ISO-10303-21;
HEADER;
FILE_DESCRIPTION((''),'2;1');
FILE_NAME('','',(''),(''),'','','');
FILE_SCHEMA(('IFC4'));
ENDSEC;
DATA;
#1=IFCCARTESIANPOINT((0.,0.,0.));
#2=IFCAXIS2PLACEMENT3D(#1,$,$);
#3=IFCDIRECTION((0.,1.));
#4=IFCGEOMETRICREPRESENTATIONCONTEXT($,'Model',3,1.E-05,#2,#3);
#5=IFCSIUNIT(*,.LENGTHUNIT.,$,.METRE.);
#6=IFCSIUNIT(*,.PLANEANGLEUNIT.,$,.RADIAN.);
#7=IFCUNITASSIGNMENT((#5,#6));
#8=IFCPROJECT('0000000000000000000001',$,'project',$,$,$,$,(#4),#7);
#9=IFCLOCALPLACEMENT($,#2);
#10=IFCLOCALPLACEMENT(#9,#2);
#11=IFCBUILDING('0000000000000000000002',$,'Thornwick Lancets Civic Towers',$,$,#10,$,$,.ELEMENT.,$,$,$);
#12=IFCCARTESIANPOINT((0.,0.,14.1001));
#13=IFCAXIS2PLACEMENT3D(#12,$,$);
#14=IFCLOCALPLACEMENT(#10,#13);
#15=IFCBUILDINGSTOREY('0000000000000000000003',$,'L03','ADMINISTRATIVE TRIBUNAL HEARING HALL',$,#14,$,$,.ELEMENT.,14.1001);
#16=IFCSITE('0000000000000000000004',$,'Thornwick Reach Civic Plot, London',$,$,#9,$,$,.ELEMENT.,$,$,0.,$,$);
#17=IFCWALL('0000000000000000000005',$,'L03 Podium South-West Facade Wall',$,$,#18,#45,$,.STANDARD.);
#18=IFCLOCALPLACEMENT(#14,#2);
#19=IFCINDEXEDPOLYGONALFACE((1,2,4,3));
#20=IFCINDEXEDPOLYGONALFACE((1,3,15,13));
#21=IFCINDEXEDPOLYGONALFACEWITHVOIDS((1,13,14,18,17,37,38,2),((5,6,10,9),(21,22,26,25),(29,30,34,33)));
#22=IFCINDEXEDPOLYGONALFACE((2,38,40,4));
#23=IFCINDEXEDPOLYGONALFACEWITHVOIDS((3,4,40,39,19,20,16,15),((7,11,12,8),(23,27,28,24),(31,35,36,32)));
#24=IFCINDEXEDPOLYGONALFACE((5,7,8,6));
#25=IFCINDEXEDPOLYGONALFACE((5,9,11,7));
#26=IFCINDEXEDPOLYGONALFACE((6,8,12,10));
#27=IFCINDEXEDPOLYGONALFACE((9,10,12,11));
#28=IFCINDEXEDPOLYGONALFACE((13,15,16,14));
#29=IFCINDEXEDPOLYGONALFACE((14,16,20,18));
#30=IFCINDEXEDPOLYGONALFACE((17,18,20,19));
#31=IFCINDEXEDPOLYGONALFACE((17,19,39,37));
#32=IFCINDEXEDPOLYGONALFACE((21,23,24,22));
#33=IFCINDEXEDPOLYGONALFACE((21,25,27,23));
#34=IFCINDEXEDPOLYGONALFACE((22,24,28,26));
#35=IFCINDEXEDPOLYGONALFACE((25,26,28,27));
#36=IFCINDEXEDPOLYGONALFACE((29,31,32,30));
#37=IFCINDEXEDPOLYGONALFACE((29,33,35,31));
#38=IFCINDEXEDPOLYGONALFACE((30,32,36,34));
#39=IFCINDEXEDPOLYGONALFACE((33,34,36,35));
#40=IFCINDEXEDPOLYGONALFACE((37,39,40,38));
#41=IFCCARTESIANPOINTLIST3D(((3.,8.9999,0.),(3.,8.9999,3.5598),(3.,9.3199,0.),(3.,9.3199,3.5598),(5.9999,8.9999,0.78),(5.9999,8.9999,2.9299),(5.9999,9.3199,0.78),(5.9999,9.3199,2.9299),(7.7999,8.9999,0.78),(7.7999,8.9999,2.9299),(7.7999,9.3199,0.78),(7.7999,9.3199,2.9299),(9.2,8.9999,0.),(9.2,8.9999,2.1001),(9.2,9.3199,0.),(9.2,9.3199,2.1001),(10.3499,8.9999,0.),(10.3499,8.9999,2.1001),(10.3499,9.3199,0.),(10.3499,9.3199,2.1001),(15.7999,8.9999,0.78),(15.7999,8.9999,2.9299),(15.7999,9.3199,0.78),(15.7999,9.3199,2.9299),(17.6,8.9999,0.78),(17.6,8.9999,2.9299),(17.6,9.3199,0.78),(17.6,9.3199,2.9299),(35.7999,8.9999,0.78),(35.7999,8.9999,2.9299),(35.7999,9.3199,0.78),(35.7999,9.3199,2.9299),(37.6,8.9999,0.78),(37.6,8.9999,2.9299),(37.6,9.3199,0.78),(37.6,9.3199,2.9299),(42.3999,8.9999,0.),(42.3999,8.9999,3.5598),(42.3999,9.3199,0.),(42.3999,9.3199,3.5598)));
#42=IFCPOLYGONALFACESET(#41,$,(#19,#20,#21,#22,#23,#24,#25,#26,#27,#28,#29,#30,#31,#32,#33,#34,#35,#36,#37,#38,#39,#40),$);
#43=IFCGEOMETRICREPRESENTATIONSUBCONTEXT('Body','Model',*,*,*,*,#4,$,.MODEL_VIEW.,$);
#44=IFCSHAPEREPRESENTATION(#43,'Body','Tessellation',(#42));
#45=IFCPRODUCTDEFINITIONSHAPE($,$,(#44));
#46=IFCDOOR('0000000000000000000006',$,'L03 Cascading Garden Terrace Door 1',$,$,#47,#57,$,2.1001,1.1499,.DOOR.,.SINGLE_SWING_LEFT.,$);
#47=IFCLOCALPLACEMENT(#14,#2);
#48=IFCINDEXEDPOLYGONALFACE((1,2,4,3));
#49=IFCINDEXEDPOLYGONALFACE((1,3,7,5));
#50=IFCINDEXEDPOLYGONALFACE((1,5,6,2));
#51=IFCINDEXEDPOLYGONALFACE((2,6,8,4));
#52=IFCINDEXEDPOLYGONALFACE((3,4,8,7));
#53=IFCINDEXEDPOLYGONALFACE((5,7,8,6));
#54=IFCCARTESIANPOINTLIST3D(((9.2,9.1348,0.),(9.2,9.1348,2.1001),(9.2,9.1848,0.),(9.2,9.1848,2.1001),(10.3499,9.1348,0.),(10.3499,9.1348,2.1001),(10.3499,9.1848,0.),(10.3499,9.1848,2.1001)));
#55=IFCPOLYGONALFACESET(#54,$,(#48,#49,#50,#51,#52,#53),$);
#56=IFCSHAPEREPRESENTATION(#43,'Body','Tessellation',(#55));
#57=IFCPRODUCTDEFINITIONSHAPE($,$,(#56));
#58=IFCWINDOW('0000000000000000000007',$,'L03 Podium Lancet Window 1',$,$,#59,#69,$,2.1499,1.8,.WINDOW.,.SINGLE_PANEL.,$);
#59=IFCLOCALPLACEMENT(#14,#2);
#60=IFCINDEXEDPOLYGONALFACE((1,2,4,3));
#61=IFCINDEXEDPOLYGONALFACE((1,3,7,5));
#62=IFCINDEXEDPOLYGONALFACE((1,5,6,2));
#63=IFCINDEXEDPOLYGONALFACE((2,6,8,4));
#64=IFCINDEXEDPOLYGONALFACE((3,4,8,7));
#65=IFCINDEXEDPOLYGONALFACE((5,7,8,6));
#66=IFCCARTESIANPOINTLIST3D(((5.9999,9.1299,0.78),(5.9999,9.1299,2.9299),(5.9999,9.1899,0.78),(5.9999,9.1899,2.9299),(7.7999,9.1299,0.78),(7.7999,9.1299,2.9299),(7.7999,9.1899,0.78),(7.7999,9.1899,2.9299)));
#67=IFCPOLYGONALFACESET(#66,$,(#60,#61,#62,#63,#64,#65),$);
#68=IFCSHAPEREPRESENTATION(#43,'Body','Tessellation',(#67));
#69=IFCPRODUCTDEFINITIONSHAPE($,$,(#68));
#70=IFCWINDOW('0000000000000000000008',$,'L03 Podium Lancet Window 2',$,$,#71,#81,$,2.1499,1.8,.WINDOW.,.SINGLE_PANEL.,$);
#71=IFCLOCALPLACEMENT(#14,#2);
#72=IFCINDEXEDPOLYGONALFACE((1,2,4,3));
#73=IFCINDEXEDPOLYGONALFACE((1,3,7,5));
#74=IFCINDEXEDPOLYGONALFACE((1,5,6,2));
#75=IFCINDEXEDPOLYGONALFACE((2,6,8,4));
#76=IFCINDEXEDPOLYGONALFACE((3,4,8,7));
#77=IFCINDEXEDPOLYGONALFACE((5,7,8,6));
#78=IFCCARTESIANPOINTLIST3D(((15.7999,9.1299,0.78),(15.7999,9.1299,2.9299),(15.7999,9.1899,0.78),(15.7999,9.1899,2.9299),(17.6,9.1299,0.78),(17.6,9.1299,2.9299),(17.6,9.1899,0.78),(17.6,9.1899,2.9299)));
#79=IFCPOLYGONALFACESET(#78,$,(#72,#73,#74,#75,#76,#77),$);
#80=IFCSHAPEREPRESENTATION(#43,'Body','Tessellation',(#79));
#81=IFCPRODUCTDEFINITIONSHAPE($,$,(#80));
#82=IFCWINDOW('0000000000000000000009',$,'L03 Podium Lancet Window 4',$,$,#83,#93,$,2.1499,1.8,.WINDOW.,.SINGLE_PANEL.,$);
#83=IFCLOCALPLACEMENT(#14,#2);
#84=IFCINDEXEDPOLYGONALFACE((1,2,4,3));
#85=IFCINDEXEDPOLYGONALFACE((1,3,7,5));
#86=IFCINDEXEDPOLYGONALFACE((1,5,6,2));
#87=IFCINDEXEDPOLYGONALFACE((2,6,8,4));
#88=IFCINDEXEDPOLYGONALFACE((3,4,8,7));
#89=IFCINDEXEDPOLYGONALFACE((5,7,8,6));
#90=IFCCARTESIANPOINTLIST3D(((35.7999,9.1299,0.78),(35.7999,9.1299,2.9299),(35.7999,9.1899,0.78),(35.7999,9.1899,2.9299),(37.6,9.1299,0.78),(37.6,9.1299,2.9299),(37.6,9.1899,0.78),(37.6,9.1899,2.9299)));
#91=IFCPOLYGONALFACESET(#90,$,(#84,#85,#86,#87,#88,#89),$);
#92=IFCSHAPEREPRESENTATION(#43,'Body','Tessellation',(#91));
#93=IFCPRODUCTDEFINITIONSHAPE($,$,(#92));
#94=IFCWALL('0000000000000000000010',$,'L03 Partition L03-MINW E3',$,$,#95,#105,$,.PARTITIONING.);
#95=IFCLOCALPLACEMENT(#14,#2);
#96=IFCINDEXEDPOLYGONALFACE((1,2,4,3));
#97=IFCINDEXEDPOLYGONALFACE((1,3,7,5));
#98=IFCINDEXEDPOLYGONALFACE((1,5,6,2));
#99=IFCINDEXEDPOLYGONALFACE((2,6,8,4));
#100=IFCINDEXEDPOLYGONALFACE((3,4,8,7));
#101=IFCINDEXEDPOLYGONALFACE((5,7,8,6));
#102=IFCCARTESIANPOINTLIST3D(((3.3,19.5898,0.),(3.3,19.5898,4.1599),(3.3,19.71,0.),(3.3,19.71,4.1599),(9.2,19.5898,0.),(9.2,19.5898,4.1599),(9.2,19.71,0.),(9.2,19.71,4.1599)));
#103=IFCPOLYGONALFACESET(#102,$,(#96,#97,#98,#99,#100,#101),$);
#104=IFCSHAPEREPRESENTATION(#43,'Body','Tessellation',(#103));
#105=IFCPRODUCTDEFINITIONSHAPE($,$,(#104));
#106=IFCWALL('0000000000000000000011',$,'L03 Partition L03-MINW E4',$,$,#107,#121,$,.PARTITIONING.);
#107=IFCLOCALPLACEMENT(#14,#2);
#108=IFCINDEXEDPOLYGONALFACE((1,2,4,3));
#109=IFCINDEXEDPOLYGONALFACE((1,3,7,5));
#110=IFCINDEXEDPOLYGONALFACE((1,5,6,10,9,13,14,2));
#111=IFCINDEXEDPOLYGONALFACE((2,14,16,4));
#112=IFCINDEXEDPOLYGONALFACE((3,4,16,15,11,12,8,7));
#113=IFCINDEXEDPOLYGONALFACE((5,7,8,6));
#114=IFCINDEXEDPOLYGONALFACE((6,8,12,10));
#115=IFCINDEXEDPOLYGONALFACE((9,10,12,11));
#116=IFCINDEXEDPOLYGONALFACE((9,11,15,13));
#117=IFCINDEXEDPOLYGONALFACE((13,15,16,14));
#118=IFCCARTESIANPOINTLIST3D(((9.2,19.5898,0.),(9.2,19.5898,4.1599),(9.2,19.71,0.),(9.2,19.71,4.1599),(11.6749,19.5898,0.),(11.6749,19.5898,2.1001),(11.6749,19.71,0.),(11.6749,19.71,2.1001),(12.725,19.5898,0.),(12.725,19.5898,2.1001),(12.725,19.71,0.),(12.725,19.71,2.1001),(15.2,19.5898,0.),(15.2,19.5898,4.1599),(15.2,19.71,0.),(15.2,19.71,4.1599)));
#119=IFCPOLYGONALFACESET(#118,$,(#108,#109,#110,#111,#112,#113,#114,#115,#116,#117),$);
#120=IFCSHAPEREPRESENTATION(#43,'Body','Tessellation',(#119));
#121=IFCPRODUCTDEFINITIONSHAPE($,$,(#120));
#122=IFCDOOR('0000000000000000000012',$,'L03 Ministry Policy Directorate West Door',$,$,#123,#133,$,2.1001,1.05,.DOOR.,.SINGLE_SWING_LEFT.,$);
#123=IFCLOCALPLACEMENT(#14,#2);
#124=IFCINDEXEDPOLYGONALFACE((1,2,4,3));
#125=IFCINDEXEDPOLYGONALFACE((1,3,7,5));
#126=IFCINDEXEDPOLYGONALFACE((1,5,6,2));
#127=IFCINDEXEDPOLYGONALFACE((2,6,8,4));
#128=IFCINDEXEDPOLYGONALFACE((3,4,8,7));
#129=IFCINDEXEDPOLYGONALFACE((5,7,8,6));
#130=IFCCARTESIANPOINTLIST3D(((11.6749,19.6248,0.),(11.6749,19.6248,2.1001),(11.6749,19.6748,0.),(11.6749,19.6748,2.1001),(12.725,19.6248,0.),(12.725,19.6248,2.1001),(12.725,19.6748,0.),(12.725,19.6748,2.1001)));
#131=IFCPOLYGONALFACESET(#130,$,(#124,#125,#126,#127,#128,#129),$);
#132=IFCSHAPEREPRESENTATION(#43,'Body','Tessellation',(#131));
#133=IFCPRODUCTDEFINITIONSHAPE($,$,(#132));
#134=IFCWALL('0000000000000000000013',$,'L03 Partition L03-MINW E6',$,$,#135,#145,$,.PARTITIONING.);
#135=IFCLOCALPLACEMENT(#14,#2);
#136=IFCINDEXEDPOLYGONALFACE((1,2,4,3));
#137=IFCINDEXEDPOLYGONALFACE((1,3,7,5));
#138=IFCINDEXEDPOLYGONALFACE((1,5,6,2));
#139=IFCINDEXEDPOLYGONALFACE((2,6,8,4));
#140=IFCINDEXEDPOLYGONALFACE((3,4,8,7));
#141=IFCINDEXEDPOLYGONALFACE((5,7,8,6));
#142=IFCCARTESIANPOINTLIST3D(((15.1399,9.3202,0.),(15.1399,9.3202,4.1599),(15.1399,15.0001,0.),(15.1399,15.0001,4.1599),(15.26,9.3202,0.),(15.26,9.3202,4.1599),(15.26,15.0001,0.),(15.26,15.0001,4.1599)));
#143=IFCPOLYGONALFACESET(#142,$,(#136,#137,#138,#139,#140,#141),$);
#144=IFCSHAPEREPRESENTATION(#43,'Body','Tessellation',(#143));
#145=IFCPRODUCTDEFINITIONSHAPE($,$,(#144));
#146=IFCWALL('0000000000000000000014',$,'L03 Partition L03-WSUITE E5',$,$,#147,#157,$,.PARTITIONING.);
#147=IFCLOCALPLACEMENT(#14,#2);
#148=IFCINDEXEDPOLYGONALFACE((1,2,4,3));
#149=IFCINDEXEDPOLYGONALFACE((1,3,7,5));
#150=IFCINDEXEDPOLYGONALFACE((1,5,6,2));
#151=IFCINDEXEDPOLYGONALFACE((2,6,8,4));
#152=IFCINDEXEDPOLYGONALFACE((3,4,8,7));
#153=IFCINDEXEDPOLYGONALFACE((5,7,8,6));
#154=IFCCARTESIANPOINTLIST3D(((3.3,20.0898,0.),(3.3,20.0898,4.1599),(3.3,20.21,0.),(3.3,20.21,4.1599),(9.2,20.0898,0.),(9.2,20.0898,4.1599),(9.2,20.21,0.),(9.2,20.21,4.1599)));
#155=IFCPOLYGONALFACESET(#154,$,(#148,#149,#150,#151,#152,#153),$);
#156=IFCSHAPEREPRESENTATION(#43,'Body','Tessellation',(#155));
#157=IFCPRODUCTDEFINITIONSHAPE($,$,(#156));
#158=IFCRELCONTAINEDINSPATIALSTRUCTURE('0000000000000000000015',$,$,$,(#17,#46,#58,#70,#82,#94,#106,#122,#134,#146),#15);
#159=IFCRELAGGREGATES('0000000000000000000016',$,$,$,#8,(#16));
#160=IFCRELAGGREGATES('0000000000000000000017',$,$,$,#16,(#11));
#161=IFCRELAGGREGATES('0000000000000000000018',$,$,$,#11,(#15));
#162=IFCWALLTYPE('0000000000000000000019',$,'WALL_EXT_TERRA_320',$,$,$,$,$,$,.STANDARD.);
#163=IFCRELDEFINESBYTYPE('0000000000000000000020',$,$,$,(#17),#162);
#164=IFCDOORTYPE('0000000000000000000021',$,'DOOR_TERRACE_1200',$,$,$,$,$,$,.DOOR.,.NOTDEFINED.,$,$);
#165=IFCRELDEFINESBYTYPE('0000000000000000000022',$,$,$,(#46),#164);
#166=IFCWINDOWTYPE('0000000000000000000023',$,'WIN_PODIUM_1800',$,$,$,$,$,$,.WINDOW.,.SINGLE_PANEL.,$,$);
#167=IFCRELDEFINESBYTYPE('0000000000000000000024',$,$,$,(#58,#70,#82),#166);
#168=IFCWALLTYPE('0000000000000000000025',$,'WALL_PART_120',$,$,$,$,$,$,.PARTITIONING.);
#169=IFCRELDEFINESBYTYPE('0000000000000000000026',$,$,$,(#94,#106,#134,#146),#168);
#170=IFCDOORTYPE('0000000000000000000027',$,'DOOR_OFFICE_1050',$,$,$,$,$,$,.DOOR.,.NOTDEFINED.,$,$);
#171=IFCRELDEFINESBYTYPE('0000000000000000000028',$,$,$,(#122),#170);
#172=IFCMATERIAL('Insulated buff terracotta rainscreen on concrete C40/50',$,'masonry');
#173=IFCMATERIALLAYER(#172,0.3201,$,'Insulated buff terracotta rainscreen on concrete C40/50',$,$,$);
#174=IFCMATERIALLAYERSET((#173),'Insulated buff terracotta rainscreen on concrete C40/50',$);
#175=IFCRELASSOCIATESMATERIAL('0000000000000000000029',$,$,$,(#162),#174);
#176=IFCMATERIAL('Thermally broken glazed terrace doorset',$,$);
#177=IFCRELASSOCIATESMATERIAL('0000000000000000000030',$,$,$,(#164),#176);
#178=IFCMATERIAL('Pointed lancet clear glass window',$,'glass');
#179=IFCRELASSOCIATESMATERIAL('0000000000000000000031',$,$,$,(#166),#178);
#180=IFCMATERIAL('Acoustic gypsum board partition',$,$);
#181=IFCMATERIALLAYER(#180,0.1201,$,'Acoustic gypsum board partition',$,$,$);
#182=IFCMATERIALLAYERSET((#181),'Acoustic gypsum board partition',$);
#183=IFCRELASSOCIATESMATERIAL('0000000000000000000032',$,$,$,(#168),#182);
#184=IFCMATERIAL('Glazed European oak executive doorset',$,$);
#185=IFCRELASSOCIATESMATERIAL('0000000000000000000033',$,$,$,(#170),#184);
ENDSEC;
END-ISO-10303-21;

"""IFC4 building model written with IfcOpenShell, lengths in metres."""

from ifc_helpers import new_model, si_unit, direction, frame, frame_2d, origin, place, context, subcontext, project, spatial, rectangle, extrude, material, layer, layer_set, type_object, element, fill, save


model = new_model("IFC4")

# Units and contexts
model_context = context("Model", 3, precision=1e-05, world=origin(), true_north=direction((0.0, 1.0)))
body_context = subcontext(model_context, "Body", "Model", "MODEL_VIEW")
ifc_project = project(units=[si_unit("LENGTHUNIT", "METRE"), si_unit("PLANEANGLEUNIT", "RADIAN")], contexts=[model_context])

# Site, building, storey
site_placement = place(None, origin())
site = spatial("IfcSite", under=ifc_project, at=site_placement, Name="Thornwick Reach Civic Plot, London", CompositionType="ELEMENT", RefElevation=0.0)
building_placement = place(site_placement, origin())
building = spatial("IfcBuilding", under=site, at=building_placement, Name="Thornwick Lancets Civic Towers", CompositionType="ELEMENT")
storey_placement = place(building_placement, frame((0.0, 0.0, 14.1001)))
storey = spatial("IfcBuildingStorey", under=building, at=storey_placement, Name="L03", Description="ADMINISTRATIVE TRIBUNAL HEARING HALL", CompositionType="ELEMENT", Elevation=14.1001)

# Wall, openings, door, windows
ifc_material_1 = material(Name="Insulated buff terracotta rainscreen on concrete C40/50", Category="masonry")
ifc_layer_1 = layer(ifc_material_1, 0.3201, Name="Insulated buff terracotta rainscreen on concrete C40/50")
ifc_layer_set_1 = layer_set([ifc_layer_1], Name="Insulated buff terracotta rainscreen on concrete C40/50")
wall_type_1 = type_object("IfcWallType", Name="WALL_EXT_TERRA_320", PredefinedType="STANDARD", material=ifc_layer_set_1)
wall_1_placement = place(storey_placement, frame((3.0, 9.1599, 0.0), z_axis=(0.0, 0.0, 1.0), x_axis=(1.0, 0.0, 0.0)))
wall_1 = element("IfcWall", 1, at=wall_1_placement, inside=storey, type_object=wall_type_1, Name="L03 Podium South-West Facade Wall", PredefinedType="STANDARD", context=body_context, shape_type="SweptSolid", body=[
    extrude(rectangle(XDim=39.3999, YDim=0.3201, at=frame_2d((19.7, 0.0))), origin(), (0.0, 0.0, 1.0), 3.5598),
])
opening_1_placement = place(wall_1_placement, frame((6.2, 0.0, 0.0)))
opening_1 = element("IfcOpeningElement", 2, at=opening_1_placement, cuts=wall_1, PredefinedType="OPENING", context=body_context, shape_type="SweptSolid", body=[
    extrude(rectangle(XDim=1.1499, YDim=2.1001, at=frame_2d((0.575, 1.05))), frame((0.0, 0.1699, 0.0), z_axis=(0.0, -1.0, 0.0), x_axis=(1.0, 0.0, 0.0)), (0.0, 0.0, 1.0), 0.3401),
])
opening_2_placement = place(wall_1_placement, frame((3.0, 0.0, 0.78)))
opening_2 = element("IfcOpeningElement", 3, at=opening_2_placement, cuts=wall_1, PredefinedType="OPENING", context=body_context, shape_type="SweptSolid", body=[
    extrude(rectangle(XDim=1.8, YDim=2.1499, at=frame_2d((0.8999, 1.075))), frame((0.0, 0.1699, 0.0), z_axis=(0.0, -1.0, 0.0), x_axis=(1.0, 0.0, 0.0)), (0.0, 0.0, 1.0), 0.3401),
])
opening_3_placement = place(wall_1_placement, frame((12.8, 0.0, 0.78)))
opening_3 = element("IfcOpeningElement", 4, at=opening_3_placement, cuts=wall_1, PredefinedType="OPENING", context=body_context, shape_type="SweptSolid", body=[
    extrude(rectangle(XDim=1.8, YDim=2.1499, at=frame_2d((0.8999, 1.075))), frame((0.0, 0.1699, 0.0), z_axis=(0.0, -1.0, 0.0), x_axis=(1.0, 0.0, 0.0)), (0.0, 0.0, 1.0), 0.3401),
])
opening_4_placement = place(wall_1_placement, frame((32.8, 0.0, 0.78)))
opening_4 = element("IfcOpeningElement", 5, at=opening_4_placement, cuts=wall_1, PredefinedType="OPENING", context=body_context, shape_type="SweptSolid", body=[
    extrude(rectangle(XDim=1.8, YDim=2.1499, at=frame_2d((0.8999, 1.075))), frame((0.0, 0.1699, 0.0), z_axis=(0.0, -1.0, 0.0), x_axis=(1.0, 0.0, 0.0)), (0.0, 0.0, 1.0), 0.3401),
])
ifc_material_2 = material(Name="Thermally broken glazed terrace doorset")
door_type_1 = type_object("IfcDoorType", Name="DOOR_TERRACE_1200", OperationType="NOTDEFINED", PredefinedType="DOOR", material=ifc_material_2)
door_1_placement = place(opening_1_placement, origin())
door_1 = element("IfcDoor", 6, at=door_1_placement, inside=storey, type_object=door_type_1, Name="L03 Cascading Garden Terrace Door 1", OperationType="SINGLE_SWING_LEFT", OverallHeight=2.1001, OverallWidth=1.1499, PredefinedType="DOOR", context=body_context, shape_type="SweptSolid", body=[
    extrude(rectangle(XDim=1.1499, YDim=2.1001, at=frame_2d((0.575, 1.05))), frame((0.0, 0.0249, 0.0), z_axis=(0.0, -1.0, 0.0), x_axis=(1.0, 0.0, 0.0)), (0.0, 0.0, 1.0), 0.05),
])
fill(opening_1, door_1)
ifc_material_3 = material(Name="Pointed lancet clear glass window", Category="glass")
window_type = type_object("IfcWindowType", Name="WIN_PODIUM_1800", PartitioningType="SINGLE_PANEL", PredefinedType="WINDOW", material=ifc_material_3)
window_1_placement = place(opening_2_placement, origin())
window_1 = element("IfcWindow", 7, at=window_1_placement, inside=storey, type_object=window_type, Name="L03 Podium Lancet Window 1", OverallHeight=2.1499, OverallWidth=1.8, PartitioningType="SINGLE_PANEL", PredefinedType="WINDOW", context=body_context, shape_type="SweptSolid", body=[
    extrude(rectangle(XDim=1.8, YDim=2.1499, at=frame_2d((0.8999, 1.075))), frame((0.0, 0.03, 0.0), z_axis=(0.0, -1.0, 0.0), x_axis=(1.0, 0.0, 0.0)), (0.0, 0.0, 1.0), 0.0601),
])
fill(opening_2, window_1)
window_2_placement = place(opening_3_placement, origin())
window_2 = element("IfcWindow", 8, at=window_2_placement, inside=storey, type_object=window_type, Name="L03 Podium Lancet Window 2", OverallHeight=2.1499, OverallWidth=1.8, PartitioningType="SINGLE_PANEL", PredefinedType="WINDOW", context=body_context, shape_type="SweptSolid", body=[
    extrude(rectangle(XDim=1.8, YDim=2.1499, at=frame_2d((0.8999, 1.075))), frame((0.0, 0.03, 0.0), z_axis=(0.0, -1.0, 0.0), x_axis=(1.0, 0.0, 0.0)), (0.0, 0.0, 1.0), 0.0601),
])
fill(opening_3, window_2)
window_3_placement = place(opening_4_placement, origin())
window_3 = element("IfcWindow", 9, at=window_3_placement, inside=storey, type_object=window_type, Name="L03 Podium Lancet Window 4", OverallHeight=2.1499, OverallWidth=1.8, PartitioningType="SINGLE_PANEL", PredefinedType="WINDOW", context=body_context, shape_type="SweptSolid", body=[
    extrude(rectangle(XDim=1.8, YDim=2.1499, at=frame_2d((0.8999, 1.075))), frame((0.0, 0.03, 0.0), z_axis=(0.0, -1.0, 0.0), x_axis=(1.0, 0.0, 0.0)), (0.0, 0.0, 1.0), 0.0601),
])
fill(opening_4, window_3)

# Wall
ifc_material_4 = material(Name="Acoustic gypsum board partition")
ifc_layer_2 = layer(ifc_material_4, 0.1201, Name="Acoustic gypsum board partition")
ifc_layer_set_2 = layer_set([ifc_layer_2], Name="Acoustic gypsum board partition")
wall_type_2 = type_object("IfcWallType", Name="WALL_PART_120", PredefinedType="PARTITIONING", material=ifc_layer_set_2)
wall_2_placement = place(storey_placement, frame((3.3, 19.6499, 0.0), z_axis=(0.0, 0.0, 1.0), x_axis=(1.0, 0.0, 0.0)))
element("IfcWall", 10, at=wall_2_placement, inside=storey, type_object=wall_type_2, Name="L03 Partition L03-MINW E3", PredefinedType="PARTITIONING", context=body_context, shape_type="SweptSolid", body=[
    extrude(rectangle(XDim=5.8999, YDim=0.1201, at=frame_2d((2.95, 0.0))), origin(), (0.0, 0.0, 1.0), 4.1599),
])

# Wall, opening, door
wall_3_placement = place(storey_placement, frame((9.2, 19.6499, 0.0), z_axis=(0.0, 0.0, 1.0), x_axis=(1.0, 0.0, 0.0)))
wall_3 = element("IfcWall", 11, at=wall_3_placement, inside=storey, type_object=wall_type_2, Name="L03 Partition L03-MINW E4", PredefinedType="PARTITIONING", context=body_context, shape_type="SweptSolid", body=[
    extrude(rectangle(XDim=6.0, YDim=0.1201, at=frame_2d((3.0, 0.0))), origin(), (0.0, 0.0, 1.0), 4.1599),
])
opening_5_placement = place(wall_3_placement, frame((2.4751, 0.0, 0.0)))
opening_5 = element("IfcOpeningElement", 12, at=opening_5_placement, cuts=wall_3, PredefinedType="OPENING", context=body_context, shape_type="SweptSolid", body=[
    extrude(rectangle(XDim=1.05, YDim=2.1001, at=frame_2d((0.5249, 1.05))), frame((0.0, 0.0701, 0.0), z_axis=(0.0, -1.0, 0.0), x_axis=(1.0, 0.0, 0.0)), (0.0, 0.0, 1.0), 0.1401),
])
ifc_material_5 = material(Name="Glazed European oak executive doorset")
door_type_2 = type_object("IfcDoorType", Name="DOOR_OFFICE_1050", OperationType="NOTDEFINED", PredefinedType="DOOR", material=ifc_material_5)
door_2_placement = place(opening_5_placement, origin())
door_2 = element("IfcDoor", 13, at=door_2_placement, inside=storey, type_object=door_type_2, Name="L03 Ministry Policy Directorate West Door", OperationType="SINGLE_SWING_LEFT", OverallHeight=2.1001, OverallWidth=1.05, PredefinedType="DOOR", context=body_context, shape_type="SweptSolid", body=[
    extrude(rectangle(XDim=1.05, YDim=2.1001, at=frame_2d((0.5249, 1.05))), frame((0.0, 0.0249, 0.0), z_axis=(0.0, -1.0, 0.0), x_axis=(1.0, 0.0, 0.0)), (0.0, 0.0, 1.0), 0.05),
])
fill(opening_5, door_2)

# Walls
wall_4_placement = place(storey_placement, frame((15.2, 15.0, 0.0), z_axis=(0.0, 0.0, 1.0), x_axis=(0.0, -1.0, 0.0)))
element("IfcWall", 14, at=wall_4_placement, inside=storey, type_object=wall_type_2, Name="L03 Partition L03-MINW E6", PredefinedType="PARTITIONING", context=body_context, shape_type="SweptSolid", body=[
    extrude(rectangle(XDim=5.6799, YDim=0.1201, at=frame_2d((2.8398, 0.0))), origin(), (0.0, 0.0, 1.0), 4.1599),
])
wall_5_placement = place(storey_placement, frame((9.2, 20.1499, 0.0), z_axis=(0.0, 0.0, 1.0), x_axis=(-1.0, 0.0, 0.0)))
element("IfcWall", 15, at=wall_5_placement, inside=storey, type_object=wall_type_2, Name="L03 Partition L03-WSUITE E5", PredefinedType="PARTITIONING", context=body_context, shape_type="SweptSolid", body=[
    extrude(rectangle(XDim=5.8999, YDim=0.1201, at=frame_2d((2.95, 0.0))), origin(), (0.0, 0.0, 1.0), 4.1599),
])

save(model, "model.ifc")
